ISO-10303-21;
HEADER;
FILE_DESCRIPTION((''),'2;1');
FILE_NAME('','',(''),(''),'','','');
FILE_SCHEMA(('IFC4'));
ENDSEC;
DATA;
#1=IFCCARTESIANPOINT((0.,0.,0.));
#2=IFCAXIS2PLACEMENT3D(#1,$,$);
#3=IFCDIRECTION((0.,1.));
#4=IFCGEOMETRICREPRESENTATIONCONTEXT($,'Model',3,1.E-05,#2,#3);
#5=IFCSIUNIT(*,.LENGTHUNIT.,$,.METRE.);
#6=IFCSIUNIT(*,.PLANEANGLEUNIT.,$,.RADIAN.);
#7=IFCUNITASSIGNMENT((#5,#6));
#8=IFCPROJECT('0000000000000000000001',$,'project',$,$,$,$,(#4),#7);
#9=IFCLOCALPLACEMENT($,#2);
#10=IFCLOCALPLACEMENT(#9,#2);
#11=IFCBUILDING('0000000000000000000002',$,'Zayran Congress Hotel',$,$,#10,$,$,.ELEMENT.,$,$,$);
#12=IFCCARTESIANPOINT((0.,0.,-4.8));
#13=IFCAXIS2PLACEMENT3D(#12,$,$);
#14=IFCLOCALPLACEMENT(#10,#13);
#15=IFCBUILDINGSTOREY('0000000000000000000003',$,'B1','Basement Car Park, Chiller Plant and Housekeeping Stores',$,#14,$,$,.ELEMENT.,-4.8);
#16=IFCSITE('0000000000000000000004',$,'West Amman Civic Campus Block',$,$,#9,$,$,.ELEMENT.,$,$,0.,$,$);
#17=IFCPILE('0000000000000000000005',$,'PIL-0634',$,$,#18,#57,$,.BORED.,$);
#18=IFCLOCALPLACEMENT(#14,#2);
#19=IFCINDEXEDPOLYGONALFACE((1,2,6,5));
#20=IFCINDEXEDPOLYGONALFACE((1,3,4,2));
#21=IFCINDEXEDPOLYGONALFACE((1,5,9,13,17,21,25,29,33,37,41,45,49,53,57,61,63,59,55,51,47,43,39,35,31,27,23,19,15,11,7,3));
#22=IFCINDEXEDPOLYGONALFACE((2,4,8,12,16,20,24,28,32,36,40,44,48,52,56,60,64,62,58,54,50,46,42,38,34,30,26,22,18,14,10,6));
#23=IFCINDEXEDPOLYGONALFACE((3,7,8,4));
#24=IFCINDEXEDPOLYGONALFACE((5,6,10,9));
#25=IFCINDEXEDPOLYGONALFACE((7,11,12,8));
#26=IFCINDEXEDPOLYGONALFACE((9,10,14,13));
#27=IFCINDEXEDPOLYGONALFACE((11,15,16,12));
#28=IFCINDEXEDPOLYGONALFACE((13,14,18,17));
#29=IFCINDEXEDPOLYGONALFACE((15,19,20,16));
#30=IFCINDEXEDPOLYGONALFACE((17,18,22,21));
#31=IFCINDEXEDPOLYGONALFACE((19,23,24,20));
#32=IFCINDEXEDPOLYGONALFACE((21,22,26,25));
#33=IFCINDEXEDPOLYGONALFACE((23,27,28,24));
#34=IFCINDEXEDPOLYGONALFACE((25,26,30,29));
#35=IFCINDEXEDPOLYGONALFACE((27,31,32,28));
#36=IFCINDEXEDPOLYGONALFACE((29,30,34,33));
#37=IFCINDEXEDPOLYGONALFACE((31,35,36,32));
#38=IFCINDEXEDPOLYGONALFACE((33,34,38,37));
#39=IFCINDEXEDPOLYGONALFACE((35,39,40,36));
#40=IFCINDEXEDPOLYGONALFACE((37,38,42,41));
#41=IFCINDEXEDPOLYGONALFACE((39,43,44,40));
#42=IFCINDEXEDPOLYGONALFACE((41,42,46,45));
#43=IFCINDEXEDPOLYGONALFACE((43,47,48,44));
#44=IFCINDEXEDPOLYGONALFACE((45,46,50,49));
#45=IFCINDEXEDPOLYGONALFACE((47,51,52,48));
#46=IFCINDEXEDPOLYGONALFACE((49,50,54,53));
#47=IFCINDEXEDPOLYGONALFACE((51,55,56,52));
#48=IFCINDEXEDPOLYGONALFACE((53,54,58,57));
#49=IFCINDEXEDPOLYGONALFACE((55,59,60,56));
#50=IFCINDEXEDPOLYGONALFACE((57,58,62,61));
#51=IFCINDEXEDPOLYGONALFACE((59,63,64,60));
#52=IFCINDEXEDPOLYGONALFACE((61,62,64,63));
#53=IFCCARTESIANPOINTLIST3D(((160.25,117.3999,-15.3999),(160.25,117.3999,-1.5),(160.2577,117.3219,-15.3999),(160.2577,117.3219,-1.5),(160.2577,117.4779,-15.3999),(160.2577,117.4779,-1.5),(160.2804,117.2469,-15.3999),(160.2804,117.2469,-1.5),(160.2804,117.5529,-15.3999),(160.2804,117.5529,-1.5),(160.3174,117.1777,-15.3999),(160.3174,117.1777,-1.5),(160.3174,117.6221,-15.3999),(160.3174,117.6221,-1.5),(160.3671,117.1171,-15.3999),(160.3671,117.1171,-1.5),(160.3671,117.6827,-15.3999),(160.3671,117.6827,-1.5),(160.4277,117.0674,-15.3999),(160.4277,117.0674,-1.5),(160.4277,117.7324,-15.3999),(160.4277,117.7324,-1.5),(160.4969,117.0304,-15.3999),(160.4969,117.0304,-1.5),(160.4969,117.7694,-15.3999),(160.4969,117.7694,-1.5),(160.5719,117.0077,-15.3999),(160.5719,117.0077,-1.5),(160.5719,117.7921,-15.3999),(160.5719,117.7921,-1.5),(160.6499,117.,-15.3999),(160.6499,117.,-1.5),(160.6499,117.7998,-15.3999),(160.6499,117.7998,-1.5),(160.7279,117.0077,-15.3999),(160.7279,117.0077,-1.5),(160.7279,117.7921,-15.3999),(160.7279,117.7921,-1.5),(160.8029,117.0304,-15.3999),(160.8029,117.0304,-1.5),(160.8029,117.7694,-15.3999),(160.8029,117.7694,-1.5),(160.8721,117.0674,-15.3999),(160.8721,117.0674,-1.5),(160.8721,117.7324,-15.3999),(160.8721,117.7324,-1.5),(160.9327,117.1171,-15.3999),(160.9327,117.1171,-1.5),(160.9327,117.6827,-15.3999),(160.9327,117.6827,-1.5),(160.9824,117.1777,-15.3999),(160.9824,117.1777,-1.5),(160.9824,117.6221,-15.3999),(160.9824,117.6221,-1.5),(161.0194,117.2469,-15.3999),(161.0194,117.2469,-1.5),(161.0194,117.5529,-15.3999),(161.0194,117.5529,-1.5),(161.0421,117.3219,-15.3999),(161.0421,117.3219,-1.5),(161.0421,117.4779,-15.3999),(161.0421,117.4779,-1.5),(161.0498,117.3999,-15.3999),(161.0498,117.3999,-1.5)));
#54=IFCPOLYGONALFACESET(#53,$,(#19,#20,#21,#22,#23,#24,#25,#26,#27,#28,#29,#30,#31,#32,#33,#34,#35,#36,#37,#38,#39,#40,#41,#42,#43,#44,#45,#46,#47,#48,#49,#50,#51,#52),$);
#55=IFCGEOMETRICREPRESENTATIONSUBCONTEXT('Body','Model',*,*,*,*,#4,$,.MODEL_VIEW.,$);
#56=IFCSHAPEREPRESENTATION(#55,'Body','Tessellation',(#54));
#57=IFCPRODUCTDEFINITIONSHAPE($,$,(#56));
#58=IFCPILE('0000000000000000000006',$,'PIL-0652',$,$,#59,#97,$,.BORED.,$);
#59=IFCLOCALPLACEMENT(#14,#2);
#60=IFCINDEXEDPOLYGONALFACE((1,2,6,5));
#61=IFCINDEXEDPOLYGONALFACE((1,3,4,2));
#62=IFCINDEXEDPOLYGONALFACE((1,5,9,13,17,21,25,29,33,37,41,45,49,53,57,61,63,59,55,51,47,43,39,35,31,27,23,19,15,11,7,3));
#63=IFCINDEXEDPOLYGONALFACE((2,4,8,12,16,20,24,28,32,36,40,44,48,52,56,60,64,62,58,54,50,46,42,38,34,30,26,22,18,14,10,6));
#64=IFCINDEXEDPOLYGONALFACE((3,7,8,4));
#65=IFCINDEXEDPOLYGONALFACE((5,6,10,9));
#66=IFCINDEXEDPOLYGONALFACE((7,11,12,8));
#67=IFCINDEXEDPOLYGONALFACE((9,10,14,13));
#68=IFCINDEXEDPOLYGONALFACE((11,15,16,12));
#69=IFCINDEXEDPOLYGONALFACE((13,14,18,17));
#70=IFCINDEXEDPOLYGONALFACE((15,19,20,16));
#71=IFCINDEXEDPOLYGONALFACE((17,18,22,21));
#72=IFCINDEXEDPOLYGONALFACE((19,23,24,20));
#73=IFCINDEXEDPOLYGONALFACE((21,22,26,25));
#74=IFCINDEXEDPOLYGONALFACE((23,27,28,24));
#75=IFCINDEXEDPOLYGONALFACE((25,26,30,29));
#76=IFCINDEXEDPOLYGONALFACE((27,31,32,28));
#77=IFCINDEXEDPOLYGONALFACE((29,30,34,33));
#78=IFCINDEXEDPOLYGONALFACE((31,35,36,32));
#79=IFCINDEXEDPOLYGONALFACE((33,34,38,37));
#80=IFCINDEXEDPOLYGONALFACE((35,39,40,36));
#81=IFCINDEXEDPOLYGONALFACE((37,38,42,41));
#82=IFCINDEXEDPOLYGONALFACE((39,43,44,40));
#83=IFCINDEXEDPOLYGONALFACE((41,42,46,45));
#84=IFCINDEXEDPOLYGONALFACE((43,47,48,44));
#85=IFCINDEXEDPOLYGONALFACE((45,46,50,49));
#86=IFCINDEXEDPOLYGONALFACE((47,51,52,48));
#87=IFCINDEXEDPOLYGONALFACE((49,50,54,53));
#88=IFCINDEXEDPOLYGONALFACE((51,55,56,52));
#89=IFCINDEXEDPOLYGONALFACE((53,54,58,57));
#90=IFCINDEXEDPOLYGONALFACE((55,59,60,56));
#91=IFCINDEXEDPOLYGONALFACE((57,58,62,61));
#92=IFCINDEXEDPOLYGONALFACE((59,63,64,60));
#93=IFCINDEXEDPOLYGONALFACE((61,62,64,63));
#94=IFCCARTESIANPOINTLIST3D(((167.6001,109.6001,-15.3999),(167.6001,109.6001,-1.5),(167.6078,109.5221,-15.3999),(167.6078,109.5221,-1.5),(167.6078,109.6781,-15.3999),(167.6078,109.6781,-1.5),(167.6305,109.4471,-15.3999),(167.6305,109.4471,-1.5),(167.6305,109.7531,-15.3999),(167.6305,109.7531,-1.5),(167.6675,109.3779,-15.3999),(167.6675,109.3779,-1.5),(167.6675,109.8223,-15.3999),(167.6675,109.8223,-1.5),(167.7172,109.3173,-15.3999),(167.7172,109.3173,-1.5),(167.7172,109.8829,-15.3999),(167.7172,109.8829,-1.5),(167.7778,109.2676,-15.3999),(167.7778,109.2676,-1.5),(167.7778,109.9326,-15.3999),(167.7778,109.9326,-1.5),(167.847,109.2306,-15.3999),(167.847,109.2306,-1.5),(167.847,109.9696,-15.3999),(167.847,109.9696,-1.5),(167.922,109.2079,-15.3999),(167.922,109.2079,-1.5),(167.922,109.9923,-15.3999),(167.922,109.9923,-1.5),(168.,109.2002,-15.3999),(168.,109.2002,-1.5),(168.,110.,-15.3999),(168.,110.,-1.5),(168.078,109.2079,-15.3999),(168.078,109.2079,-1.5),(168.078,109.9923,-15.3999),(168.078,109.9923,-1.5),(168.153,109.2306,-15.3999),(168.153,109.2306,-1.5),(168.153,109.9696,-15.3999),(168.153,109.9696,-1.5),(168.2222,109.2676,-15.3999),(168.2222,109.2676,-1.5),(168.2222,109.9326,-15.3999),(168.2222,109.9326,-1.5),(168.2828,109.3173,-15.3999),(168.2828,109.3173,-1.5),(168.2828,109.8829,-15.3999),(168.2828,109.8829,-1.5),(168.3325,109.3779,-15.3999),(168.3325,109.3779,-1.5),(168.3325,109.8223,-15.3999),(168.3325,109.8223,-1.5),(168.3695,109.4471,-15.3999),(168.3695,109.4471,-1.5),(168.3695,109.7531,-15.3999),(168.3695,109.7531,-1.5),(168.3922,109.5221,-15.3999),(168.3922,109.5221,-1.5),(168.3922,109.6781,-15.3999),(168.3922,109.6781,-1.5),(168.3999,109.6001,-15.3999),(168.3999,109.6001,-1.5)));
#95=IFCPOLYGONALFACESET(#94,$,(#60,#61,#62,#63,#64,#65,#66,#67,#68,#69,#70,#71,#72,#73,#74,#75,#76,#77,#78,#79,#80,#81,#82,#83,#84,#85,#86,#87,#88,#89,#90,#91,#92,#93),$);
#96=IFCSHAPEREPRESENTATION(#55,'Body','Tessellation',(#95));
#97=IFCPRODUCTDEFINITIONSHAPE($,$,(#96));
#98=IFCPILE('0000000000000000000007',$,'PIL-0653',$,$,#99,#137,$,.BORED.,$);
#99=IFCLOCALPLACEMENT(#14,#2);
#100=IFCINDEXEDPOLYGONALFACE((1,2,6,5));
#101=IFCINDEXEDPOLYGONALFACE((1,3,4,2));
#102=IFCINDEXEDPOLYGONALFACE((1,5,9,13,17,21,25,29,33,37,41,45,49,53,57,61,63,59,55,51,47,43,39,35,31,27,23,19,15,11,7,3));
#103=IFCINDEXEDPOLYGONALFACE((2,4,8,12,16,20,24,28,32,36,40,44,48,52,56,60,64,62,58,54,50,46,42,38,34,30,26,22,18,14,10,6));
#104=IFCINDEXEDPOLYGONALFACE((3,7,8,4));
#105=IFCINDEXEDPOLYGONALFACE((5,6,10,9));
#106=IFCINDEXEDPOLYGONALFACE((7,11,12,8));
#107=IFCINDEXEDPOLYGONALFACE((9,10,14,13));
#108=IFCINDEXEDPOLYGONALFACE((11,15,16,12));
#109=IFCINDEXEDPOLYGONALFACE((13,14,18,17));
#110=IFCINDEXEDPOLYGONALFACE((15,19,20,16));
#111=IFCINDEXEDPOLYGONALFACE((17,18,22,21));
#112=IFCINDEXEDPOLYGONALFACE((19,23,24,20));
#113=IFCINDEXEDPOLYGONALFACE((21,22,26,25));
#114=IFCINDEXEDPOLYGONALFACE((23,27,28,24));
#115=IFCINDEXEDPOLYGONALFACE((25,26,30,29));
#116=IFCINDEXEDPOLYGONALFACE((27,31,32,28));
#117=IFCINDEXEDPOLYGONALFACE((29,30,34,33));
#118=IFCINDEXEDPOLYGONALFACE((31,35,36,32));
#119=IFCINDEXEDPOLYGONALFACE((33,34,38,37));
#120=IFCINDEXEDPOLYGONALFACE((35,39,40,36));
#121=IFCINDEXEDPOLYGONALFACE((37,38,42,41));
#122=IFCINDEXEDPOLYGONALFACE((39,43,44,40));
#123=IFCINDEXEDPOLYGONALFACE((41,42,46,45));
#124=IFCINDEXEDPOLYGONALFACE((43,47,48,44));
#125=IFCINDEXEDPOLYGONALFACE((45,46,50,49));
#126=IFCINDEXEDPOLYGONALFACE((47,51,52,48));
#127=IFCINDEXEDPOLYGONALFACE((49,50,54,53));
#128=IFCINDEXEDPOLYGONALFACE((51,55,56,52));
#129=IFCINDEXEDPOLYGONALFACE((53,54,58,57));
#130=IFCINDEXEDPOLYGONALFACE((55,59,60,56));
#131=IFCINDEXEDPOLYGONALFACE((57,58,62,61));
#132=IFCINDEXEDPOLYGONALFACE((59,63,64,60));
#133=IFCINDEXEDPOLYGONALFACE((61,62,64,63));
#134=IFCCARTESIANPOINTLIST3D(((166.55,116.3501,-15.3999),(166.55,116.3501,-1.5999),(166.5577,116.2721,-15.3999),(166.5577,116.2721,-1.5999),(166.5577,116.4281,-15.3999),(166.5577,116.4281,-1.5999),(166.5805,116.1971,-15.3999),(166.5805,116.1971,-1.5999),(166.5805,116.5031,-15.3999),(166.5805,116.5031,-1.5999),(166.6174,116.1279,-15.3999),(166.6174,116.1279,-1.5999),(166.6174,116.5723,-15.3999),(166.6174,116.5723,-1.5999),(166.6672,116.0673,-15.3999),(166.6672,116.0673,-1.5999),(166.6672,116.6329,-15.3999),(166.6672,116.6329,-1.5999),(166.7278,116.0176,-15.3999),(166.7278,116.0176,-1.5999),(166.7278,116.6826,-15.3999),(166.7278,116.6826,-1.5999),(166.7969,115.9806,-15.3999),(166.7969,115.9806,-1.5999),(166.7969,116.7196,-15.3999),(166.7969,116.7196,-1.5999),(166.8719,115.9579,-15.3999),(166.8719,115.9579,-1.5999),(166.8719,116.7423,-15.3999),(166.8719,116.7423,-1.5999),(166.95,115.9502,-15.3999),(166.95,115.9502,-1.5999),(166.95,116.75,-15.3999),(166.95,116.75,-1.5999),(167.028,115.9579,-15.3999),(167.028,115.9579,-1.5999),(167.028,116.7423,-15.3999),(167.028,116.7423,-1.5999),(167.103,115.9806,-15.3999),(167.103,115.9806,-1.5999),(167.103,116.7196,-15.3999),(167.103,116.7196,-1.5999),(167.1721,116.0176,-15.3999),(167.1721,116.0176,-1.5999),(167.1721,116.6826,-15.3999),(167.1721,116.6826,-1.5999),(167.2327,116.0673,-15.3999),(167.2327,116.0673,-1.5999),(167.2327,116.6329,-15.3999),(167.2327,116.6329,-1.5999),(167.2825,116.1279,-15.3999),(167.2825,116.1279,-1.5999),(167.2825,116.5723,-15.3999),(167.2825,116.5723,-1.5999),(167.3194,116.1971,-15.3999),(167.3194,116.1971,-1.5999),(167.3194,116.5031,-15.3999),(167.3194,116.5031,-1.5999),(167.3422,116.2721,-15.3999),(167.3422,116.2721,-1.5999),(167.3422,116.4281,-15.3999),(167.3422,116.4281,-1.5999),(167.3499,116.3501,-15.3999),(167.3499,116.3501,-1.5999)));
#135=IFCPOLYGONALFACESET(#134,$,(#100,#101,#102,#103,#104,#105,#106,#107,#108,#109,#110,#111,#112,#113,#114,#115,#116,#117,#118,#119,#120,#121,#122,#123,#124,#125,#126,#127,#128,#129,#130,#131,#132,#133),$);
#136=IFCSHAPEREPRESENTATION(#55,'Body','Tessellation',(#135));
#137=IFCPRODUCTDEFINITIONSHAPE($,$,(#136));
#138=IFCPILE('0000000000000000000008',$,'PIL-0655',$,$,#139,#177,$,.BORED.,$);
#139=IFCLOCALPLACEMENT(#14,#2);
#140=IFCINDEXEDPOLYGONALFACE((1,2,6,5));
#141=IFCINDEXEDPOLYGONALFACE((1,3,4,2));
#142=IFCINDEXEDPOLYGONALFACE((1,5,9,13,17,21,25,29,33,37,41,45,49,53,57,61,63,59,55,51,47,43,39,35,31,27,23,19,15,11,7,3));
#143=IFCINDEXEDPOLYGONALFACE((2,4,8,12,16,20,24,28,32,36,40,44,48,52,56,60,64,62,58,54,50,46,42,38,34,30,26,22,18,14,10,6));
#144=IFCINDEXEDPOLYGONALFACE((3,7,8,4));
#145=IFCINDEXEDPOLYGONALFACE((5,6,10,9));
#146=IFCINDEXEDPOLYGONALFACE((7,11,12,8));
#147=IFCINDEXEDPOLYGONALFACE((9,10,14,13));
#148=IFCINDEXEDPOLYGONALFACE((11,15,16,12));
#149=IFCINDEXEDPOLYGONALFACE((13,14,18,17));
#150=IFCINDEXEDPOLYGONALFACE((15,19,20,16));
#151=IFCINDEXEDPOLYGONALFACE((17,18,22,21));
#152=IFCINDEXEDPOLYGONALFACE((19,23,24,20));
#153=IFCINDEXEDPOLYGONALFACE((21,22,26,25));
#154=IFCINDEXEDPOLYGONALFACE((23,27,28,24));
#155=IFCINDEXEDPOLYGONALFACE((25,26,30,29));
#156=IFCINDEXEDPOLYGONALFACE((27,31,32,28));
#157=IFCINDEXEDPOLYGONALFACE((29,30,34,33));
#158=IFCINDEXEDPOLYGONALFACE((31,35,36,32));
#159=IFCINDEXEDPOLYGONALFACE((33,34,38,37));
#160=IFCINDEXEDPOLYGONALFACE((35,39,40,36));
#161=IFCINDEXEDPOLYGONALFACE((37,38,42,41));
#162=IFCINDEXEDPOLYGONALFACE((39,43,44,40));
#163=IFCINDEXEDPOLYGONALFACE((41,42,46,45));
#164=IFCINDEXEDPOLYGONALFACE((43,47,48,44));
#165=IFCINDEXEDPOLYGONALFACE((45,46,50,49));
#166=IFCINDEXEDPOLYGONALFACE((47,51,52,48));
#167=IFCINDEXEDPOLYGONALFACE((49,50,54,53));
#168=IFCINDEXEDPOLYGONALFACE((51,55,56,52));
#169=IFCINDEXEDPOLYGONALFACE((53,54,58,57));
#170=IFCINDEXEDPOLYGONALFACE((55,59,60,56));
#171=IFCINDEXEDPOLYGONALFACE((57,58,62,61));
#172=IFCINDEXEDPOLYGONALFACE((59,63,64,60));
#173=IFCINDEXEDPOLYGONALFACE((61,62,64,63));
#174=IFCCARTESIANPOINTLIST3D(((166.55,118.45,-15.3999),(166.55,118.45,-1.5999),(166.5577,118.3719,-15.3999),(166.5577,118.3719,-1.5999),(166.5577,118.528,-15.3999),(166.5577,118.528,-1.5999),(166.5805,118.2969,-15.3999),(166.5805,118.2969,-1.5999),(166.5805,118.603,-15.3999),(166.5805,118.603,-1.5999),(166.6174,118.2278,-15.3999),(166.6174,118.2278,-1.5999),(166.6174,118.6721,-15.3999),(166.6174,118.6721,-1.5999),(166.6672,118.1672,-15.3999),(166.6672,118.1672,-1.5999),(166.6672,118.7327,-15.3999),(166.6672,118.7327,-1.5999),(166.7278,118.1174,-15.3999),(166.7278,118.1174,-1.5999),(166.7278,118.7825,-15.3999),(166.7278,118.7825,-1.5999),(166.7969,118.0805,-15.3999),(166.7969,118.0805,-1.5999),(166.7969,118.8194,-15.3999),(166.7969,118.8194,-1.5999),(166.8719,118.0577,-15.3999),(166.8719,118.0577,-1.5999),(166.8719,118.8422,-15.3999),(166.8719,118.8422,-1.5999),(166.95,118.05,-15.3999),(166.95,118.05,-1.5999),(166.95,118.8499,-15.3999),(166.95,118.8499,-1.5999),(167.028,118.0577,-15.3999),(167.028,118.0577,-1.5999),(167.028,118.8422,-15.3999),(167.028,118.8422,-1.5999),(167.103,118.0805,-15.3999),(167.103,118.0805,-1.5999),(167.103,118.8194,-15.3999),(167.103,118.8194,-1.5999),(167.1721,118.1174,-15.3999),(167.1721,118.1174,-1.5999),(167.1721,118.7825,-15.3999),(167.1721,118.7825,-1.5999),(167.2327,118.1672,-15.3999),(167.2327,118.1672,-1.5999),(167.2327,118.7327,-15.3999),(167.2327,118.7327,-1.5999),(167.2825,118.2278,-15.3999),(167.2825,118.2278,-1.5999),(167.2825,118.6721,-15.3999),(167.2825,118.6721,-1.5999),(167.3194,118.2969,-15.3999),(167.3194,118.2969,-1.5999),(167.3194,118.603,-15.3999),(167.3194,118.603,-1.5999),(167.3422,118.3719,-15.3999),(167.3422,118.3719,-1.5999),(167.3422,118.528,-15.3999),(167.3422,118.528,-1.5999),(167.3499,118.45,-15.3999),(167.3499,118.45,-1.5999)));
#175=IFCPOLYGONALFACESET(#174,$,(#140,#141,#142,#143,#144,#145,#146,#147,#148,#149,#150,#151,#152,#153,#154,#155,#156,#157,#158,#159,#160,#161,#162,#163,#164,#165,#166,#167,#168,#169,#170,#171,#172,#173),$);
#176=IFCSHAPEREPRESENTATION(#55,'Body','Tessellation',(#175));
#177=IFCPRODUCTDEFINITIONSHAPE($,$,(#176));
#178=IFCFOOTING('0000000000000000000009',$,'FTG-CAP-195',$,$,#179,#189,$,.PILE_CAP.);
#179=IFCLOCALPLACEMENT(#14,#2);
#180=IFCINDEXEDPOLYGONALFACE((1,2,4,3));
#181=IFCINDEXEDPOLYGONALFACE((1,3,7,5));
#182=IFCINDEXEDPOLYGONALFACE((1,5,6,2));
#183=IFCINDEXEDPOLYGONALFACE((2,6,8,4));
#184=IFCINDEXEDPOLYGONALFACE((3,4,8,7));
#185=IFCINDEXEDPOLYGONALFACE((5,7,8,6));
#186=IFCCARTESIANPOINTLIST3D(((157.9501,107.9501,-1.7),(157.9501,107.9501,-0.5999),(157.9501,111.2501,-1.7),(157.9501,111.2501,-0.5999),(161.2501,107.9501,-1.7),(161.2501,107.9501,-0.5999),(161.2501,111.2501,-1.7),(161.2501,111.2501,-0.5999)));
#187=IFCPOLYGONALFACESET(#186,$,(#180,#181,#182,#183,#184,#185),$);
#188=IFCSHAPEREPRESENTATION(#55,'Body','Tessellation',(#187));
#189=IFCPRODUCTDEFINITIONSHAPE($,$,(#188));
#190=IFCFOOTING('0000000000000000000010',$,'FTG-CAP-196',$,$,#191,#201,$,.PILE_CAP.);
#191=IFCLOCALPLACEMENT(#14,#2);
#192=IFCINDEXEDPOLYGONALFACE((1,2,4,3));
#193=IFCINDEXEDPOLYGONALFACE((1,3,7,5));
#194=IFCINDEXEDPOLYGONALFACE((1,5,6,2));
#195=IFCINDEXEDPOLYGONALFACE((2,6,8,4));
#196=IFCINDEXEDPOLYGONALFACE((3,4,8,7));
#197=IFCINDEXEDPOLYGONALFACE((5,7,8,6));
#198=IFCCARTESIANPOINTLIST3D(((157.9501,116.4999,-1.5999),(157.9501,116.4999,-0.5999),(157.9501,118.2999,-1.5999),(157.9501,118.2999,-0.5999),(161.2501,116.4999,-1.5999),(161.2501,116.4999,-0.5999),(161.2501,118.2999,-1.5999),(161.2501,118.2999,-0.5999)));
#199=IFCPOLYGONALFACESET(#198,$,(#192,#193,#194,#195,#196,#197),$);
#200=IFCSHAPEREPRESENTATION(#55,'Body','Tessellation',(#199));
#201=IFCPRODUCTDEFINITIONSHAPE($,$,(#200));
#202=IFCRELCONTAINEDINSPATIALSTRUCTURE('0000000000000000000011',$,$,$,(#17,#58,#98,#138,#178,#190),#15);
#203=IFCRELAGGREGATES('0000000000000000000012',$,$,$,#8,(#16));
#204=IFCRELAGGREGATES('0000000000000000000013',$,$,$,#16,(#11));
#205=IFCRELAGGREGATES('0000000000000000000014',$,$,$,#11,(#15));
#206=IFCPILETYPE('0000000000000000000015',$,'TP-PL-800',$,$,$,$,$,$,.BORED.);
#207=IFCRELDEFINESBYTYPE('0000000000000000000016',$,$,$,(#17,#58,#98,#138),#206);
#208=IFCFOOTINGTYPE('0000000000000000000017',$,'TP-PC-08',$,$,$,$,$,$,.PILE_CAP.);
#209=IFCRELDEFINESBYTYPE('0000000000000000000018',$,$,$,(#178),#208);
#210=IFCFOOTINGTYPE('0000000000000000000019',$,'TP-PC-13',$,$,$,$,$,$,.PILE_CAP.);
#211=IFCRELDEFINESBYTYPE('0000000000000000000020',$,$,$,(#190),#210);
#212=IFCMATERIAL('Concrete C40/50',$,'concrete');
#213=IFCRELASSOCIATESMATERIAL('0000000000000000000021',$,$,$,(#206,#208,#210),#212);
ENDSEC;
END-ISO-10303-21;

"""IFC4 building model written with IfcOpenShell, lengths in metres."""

from ifc_helpers import new_model, si_unit, direction, frame, origin, origin_2d, place, context, subcontext, project, spatial, rectangle, circle, extrude, material, material_profile, profile_set, type_object, element, save


model = new_model("IFC4")

# Units and contexts
model_context = context("Model", 3, precision=1e-05, world=origin(), true_north=direction((0.0, 1.0)))
body_context = subcontext(model_context, "Body", "Model", "MODEL_VIEW")
ifc_project = project(units=[si_unit("LENGTHUNIT", "METRE"), si_unit("PLANEANGLEUNIT", "RADIAN")], contexts=[model_context])

# Site, building, storey
site_placement = place(None, origin())
site = spatial("IfcSite", under=ifc_project, at=site_placement, Name="West Amman Civic Campus Block", CompositionType="ELEMENT", RefElevation=0.0)
building_placement = place(site_placement, origin())
building = spatial("IfcBuilding", under=site, at=building_placement, Name="Zayran Congress Hotel", CompositionType="ELEMENT")
storey_placement = place(building_placement, frame((0.0, 0.0, -4.8)))
storey = spatial("IfcBuildingStorey", under=building, at=storey_placement, Name="B1", Description="Basement Car Park, Chiller Plant and Housekeeping Stores", CompositionType="ELEMENT", Elevation=-4.8)

# Piles
ifc_material_1 = material(Name="Concrete C40/50", Category="concrete")
ifc_material_profile_1 = material_profile(ifc_material_1, circle(Radius=0.3999, at=origin_2d()), Name="PILE D800")
ifc_profile_set_1 = profile_set([ifc_material_profile_1], Name="Concrete C40/50")
pile_type = type_object("IfcPileType", Name="TP-PL-800", PredefinedType="BORED", material=ifc_profile_set_1)
for number, where, z_axis, x_axis, name in (
    (1, (160.6499, 117.3999, -1.5), (0.0, 0.0, -1.0), (1.0, 0.0, 0.0), "PIL-0634"),
    (2, (168.0, 109.6001, -1.5), (0.0, 0.0, -1.0), (1.0, 0.0, 0.0), "PIL-0652"),
):
    element("IfcPile", number, at=place(storey_placement, frame(where, z_axis=z_axis, x_axis=x_axis)), inside=storey, type_object=pile_type, Name=name, PredefinedType="BORED", context=body_context, shape_type="SweptSolid", body=[
        extrude(circle(Radius=0.3999, at=origin_2d()), origin(), (0.0, 0.0, 1.0), 13.8999),
    ])
for number, where, z_axis, x_axis, name in (
    (3, (166.95, 116.3501, -1.5999), (0.0, 0.0, -1.0), (1.0, 0.0, 0.0), "PIL-0653"),
    (4, (166.95, 118.45, -1.5999), (0.0, 0.0, -1.0), (1.0, 0.0, 0.0), "PIL-0655"),
):
    element("IfcPile", number, at=place(storey_placement, frame(where, z_axis=z_axis, x_axis=x_axis)), inside=storey, type_object=pile_type, Name=name, PredefinedType="BORED", context=body_context, shape_type="SweptSolid", body=[
        extrude(circle(Radius=0.3999, at=origin_2d()), origin(), (0.0, 0.0, 1.0), 13.8),
    ])

# Footings
footing_type_1 = type_object("IfcFootingType", Name="TP-PC-08", PredefinedType="PILE_CAP", material=ifc_material_1)
footing_1_placement = place(storey_placement, frame((159.6001, 109.6001, -1.7), z_axis=(0.0, 0.0, 1.0), x_axis=(1.0, 0.0, 0.0)))
element("IfcFooting", 5, at=footing_1_placement, inside=storey, type_object=footing_type_1, Name="FTG-CAP-195", PredefinedType="PILE_CAP", context=body_context, shape_type="SweptSolid", body=[
    extrude(rectangle(XDim=3.3, YDim=3.3, at=origin_2d()), origin(), (0.0, 0.0, 1.0), 1.1001),
])
footing_type_2 = type_object("IfcFootingType", Name="TP-PC-13", PredefinedType="PILE_CAP", material=ifc_material_1)
footing_2_placement = place(storey_placement, frame((159.6001, 117.3999, -1.5999), z_axis=(0.0, 0.0, 1.0), x_axis=(1.0, 0.0, 0.0)))
element("IfcFooting", 6, at=footing_2_placement, inside=storey, type_object=footing_type_2, Name="FTG-CAP-196", PredefinedType="PILE_CAP", context=body_context, shape_type="SweptSolid", body=[
    extrude(rectangle(XDim=3.3, YDim=1.8, at=origin_2d()), origin(), (0.0, 0.0, 1.0), 1.0),
])

save(model, "model.ifc")
